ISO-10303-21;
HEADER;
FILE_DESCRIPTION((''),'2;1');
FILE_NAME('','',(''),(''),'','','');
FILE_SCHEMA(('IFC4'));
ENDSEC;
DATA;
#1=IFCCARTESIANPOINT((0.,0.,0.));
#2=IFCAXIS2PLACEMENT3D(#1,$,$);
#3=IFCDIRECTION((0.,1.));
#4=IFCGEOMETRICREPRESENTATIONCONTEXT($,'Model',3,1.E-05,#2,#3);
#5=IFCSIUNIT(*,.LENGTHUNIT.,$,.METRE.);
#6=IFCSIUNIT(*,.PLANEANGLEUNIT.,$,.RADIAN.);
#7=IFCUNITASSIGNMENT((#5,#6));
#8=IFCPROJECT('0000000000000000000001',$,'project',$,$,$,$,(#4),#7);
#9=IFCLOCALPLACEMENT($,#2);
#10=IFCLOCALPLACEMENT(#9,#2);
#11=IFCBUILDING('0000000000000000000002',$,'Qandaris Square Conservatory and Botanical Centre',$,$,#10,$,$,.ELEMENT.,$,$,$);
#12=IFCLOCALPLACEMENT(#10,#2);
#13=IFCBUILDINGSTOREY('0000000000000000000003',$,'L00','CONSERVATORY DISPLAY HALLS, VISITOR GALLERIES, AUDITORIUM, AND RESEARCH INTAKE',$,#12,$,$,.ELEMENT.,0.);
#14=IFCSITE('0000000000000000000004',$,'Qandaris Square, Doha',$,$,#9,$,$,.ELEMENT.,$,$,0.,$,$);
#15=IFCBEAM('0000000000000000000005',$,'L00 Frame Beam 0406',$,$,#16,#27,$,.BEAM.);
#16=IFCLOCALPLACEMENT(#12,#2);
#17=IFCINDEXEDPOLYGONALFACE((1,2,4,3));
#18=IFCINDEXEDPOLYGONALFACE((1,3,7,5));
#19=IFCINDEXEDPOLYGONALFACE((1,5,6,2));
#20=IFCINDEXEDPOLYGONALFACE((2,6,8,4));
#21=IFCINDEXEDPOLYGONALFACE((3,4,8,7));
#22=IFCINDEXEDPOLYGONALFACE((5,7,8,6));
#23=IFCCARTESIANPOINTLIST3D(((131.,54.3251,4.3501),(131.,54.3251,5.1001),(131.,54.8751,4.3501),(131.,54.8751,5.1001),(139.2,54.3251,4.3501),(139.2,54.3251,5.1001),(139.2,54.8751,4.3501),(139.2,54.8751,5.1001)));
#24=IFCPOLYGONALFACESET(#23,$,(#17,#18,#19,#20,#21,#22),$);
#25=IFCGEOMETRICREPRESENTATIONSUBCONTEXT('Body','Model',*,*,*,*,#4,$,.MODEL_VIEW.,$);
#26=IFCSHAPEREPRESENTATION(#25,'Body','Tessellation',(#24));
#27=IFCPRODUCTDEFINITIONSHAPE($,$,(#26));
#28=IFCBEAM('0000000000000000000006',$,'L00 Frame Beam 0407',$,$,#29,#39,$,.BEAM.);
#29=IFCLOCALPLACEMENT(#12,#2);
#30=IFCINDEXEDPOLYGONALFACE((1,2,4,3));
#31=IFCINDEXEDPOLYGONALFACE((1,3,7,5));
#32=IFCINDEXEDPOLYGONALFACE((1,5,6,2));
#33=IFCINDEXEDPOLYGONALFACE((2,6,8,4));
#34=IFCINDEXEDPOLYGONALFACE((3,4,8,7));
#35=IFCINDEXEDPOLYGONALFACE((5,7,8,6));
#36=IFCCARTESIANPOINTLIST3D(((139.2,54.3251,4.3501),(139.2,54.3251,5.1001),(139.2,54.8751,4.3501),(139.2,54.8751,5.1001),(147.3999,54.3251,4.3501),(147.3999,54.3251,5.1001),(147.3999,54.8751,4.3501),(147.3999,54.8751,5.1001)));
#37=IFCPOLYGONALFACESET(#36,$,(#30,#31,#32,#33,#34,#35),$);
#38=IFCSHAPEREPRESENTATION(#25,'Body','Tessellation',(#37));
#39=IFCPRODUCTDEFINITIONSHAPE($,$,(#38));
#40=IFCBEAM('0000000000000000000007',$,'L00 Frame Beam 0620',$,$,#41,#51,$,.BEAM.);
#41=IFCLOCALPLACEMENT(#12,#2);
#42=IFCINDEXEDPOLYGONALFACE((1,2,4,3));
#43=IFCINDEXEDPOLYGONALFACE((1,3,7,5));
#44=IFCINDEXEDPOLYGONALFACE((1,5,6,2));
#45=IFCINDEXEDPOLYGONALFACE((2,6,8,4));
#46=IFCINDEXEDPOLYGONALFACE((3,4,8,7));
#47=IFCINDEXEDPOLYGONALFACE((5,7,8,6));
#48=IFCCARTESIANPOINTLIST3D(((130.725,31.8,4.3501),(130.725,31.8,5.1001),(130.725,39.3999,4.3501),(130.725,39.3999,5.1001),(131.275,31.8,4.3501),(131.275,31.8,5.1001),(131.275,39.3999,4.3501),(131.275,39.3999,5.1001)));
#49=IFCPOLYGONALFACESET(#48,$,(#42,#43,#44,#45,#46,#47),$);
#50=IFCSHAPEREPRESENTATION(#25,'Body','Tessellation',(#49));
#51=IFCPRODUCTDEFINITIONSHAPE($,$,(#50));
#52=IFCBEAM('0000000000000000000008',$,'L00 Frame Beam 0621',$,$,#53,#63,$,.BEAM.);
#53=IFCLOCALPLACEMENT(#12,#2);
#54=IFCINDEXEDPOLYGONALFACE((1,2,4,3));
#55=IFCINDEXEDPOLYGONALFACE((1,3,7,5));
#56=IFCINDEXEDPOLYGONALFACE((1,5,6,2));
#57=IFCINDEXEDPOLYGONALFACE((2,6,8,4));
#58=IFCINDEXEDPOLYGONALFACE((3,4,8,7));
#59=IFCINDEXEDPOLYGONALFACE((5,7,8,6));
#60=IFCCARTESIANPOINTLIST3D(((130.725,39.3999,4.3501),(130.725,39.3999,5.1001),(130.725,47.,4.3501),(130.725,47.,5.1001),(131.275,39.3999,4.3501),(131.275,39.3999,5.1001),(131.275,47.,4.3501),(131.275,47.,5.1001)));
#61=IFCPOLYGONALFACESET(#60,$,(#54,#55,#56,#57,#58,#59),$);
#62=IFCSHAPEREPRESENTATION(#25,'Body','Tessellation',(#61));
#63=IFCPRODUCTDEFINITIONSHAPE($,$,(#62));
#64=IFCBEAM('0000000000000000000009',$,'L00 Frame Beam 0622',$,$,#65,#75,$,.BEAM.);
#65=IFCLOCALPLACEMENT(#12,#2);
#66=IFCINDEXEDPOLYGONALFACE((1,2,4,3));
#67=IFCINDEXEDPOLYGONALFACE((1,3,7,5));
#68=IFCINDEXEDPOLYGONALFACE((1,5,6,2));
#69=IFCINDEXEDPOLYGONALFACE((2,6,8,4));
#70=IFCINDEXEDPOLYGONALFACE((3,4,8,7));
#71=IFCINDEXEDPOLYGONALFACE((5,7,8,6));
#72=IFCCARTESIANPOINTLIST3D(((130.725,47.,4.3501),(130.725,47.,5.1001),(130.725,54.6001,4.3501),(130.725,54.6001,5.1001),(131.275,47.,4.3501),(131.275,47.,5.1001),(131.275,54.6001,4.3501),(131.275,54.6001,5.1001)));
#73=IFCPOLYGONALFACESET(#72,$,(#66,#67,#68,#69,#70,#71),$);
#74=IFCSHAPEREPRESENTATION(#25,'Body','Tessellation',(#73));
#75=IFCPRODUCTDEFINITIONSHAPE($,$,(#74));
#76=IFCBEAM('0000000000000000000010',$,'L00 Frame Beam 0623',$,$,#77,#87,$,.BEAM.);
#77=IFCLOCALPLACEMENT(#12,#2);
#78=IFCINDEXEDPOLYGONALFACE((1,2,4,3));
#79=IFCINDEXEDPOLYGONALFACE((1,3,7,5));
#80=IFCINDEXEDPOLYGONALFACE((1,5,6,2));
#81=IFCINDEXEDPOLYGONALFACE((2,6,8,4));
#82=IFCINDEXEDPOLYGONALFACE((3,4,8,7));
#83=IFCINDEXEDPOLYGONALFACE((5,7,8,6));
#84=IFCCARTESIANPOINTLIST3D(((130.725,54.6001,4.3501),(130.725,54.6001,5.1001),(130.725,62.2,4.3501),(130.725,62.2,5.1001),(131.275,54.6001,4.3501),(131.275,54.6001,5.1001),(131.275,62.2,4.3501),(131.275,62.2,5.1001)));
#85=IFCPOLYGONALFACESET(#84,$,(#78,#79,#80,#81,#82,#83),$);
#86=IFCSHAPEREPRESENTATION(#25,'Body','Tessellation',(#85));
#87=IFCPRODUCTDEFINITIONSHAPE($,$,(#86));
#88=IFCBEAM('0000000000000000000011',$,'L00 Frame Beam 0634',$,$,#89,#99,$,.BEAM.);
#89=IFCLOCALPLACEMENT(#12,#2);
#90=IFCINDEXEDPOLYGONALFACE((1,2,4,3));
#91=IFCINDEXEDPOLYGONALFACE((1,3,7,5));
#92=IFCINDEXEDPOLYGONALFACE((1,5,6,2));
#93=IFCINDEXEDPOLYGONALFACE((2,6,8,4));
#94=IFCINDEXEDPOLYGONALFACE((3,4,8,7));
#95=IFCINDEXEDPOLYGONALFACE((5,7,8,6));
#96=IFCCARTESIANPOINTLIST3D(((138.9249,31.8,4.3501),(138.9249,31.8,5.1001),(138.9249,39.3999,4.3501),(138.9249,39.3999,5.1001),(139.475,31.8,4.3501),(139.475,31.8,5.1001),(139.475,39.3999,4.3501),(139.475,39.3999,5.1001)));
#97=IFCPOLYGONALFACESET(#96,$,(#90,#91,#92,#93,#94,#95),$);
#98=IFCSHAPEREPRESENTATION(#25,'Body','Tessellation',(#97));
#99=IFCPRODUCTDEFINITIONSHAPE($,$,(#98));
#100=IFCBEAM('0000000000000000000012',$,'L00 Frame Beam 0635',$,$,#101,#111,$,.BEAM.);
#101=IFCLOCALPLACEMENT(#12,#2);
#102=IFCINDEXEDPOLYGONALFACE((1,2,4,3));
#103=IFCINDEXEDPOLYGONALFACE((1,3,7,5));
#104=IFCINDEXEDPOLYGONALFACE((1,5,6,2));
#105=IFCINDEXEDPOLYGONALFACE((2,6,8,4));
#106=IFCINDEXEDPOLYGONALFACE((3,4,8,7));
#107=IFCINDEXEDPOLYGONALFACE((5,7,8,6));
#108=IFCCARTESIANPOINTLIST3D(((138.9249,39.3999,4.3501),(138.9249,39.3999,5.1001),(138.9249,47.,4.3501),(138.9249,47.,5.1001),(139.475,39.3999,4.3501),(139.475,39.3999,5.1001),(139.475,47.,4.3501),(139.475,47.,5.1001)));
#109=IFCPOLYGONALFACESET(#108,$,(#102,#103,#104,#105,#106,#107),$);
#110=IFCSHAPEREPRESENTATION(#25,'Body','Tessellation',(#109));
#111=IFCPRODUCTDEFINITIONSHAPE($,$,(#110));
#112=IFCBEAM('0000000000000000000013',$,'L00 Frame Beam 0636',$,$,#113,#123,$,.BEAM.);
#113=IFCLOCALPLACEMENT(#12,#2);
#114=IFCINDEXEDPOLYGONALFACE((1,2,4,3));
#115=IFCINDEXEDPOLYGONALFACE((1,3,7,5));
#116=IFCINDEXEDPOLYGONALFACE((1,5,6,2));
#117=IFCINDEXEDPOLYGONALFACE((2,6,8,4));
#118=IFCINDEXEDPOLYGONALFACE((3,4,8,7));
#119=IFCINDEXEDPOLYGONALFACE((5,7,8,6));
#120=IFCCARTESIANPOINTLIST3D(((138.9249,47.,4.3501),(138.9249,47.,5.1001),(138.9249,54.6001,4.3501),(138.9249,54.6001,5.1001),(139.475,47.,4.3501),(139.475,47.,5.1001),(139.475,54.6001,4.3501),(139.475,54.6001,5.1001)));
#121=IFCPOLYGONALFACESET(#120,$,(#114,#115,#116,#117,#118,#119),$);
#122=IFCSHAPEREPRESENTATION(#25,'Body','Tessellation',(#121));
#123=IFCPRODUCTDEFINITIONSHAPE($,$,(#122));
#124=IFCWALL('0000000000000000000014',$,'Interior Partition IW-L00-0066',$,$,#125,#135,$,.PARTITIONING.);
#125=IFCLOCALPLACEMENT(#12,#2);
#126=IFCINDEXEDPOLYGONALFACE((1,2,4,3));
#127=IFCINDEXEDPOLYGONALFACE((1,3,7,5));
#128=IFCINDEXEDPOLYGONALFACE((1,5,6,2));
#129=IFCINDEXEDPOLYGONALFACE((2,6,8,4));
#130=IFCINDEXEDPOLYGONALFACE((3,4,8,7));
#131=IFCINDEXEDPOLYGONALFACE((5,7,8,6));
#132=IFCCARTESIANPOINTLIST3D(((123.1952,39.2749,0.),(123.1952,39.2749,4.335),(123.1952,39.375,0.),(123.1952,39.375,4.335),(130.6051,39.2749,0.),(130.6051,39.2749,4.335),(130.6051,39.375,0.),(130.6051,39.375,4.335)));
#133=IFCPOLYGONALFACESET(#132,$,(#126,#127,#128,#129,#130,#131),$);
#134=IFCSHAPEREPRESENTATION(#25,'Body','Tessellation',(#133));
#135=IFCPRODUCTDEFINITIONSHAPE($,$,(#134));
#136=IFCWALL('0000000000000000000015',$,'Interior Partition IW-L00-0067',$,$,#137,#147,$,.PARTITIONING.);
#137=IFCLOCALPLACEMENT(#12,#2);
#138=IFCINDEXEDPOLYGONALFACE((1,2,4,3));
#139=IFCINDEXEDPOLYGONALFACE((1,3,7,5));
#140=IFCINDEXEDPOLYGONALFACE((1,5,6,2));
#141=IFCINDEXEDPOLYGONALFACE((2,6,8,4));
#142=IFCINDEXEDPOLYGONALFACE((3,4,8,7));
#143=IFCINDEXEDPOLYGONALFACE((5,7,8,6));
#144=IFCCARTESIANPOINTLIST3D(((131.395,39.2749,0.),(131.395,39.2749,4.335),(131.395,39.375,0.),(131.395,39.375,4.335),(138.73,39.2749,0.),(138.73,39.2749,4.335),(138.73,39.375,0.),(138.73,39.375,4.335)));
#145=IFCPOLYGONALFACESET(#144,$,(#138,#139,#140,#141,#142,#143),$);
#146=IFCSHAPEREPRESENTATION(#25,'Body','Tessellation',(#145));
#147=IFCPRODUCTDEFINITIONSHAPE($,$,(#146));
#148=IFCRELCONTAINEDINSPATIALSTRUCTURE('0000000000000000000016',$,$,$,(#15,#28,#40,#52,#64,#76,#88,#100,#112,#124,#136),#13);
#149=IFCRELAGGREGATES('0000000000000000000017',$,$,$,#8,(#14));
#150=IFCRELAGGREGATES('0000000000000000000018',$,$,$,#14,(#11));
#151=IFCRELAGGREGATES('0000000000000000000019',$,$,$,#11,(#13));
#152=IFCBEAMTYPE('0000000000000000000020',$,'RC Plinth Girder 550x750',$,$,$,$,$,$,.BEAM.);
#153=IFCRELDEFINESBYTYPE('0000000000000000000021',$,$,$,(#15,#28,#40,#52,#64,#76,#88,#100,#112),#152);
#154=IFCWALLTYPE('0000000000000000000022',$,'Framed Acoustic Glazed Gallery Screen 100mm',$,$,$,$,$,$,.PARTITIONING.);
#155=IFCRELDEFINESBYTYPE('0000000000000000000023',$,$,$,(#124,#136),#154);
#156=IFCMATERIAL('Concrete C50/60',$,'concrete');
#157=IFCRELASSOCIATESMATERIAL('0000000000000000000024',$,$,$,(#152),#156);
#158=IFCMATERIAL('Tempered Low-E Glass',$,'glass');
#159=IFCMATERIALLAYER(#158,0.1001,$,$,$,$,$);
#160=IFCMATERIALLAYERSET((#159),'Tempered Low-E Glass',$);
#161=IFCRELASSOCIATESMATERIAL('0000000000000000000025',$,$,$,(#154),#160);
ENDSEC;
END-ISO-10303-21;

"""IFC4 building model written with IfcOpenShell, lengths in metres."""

from ifc_helpers import new_model, si_unit, direction, frame, frame_2d, origin, origin_2d, place, context, subcontext, project, spatial, rectangle, extrude, material, layer, layer_set, material_profile, profile_set, type_object, element, save


model = new_model("IFC4")

# Units and contexts
model_context = context("Model", 3, precision=1e-05, world=origin(), true_north=direction((0.0, 1.0)))
body_context = subcontext(model_context, "Body", "Model", "MODEL_VIEW")
ifc_project = project(units=[si_unit("LENGTHUNIT", "METRE"), si_unit("PLANEANGLEUNIT", "RADIAN")], contexts=[model_context])

# Site, building, storey
site_placement = place(None, origin())
site = spatial("IfcSite", under=ifc_project, at=site_placement, Name="Qandaris Square, Doha", CompositionType="ELEMENT", RefElevation=0.0)
building_placement = place(site_placement, origin())
building = spatial("IfcBuilding", under=site, at=building_placement, Name="Qandaris Square Conservatory and Botanical Centre", CompositionType="ELEMENT")
storey_placement = place(building_placement, origin())
storey = spatial("IfcBuildingStorey", under=building, at=storey_placement, Name="L00", Description="CONSERVATORY DISPLAY HALLS, VISITOR GALLERIES, AUDITORIUM, AND RESEARCH INTAKE", CompositionType="ELEMENT", Elevation=0.0)

# Shared definitions
ifc_material_1 = material(Name="Concrete C50/60", Category="concrete")

# Beams
ifc_material_profile_1 = material_profile(ifc_material_1, rectangle(XDim=0.55, YDim=0.75, at=origin_2d()), Name="RC-BM 550x750")
ifc_profile_set_1 = profile_set([ifc_material_profile_1], Name="Concrete C50/60")
beam_type_1 = type_object("IfcBeamType", Name="RC Plinth Girder 550x750", PredefinedType="BEAM", material=ifc_profile_set_1)
for number, where, z_axis, x_axis, name in (
    (1, (131.0, 54.6001, 4.7251), (1.0, 0.0, 0.0), (0.0, 1.0, 0.0), "L00 Frame Beam 0406"),
    (2, (139.2, 54.6001, 4.7251), (1.0, 0.0, 0.0), (0.0, 1.0, 0.0), "L00 Frame Beam 0407"),
):
    element("IfcBeam", number, at=place(storey_placement, frame(where, z_axis=z_axis, x_axis=x_axis)), inside=storey, type_object=beam_type_1, Name=name, PredefinedType="BEAM", context=body_context, shape_type="SweptSolid", body=[
        extrude(rectangle(XDim=0.55, YDim=0.75, at=origin_2d()), origin(), (0.0, 0.0, 1.0), 8.2),
    ])
beam_1_placement = place(storey_placement, frame((131.0, 31.8, 4.7251), z_axis=(0.0, 1.0, 0.0), x_axis=(-1.0, 0.0, 0.0)))
element("IfcBeam", 3, at=beam_1_placement, inside=storey, type_object=beam_type_1, Name="L00 Frame Beam 0620", PredefinedType="BEAM", context=body_context, shape_type="SweptSolid", body=[
    extrude(rectangle(XDim=0.55, YDim=0.75, at=origin_2d()), origin(), (0.0, 0.0, 1.0), 7.5999),
])
for number, where, z_axis, x_axis, name in (
    (4, (131.0, 39.3999, 4.7251), (0.0, 1.0, 0.0), (-1.0, 0.0, 0.0), "L00 Frame Beam 0621"),
    (5, (131.0, 47.0, 4.7251), (0.0, 1.0, 0.0), (-1.0, 0.0, 0.0), "L00 Frame Beam 0622"),
):
    element("IfcBeam", number, at=place(storey_placement, frame(where, z_axis=z_axis, x_axis=x_axis)), inside=storey, type_object=beam_type_1, Name=name, PredefinedType="BEAM", context=body_context, shape_type="SweptSolid", body=[
        extrude(rectangle(XDim=0.55, YDim=0.75, at=origin_2d()), origin(), (0.0, 0.0, 1.0), 7.6001),
    ])
for number, where, z_axis, x_axis, name in (
    (6, (131.0, 54.6001, 4.7251), (0.0, 1.0, 0.0), (-1.0, 0.0, 0.0), "L00 Frame Beam 0623"),
    (7, (139.2, 31.8, 4.7251), (0.0, 1.0, 0.0), (-1.0, 0.0, 0.0), "L00 Frame Beam 0634"),
):
    element("IfcBeam", number, at=place(storey_placement, frame(where, z_axis=z_axis, x_axis=x_axis)), inside=storey, type_object=beam_type_1, Name=name, PredefinedType="BEAM", context=body_context, shape_type="SweptSolid", body=[
        extrude(rectangle(XDim=0.55, YDim=0.75, at=origin_2d()), origin(), (0.0, 0.0, 1.0), 7.5999),
    ])
for number, where, z_axis, x_axis, name in (
    (8, (139.2, 39.3999, 4.7251), (0.0, 1.0, 0.0), (-1.0, 0.0, 0.0), "L00 Frame Beam 0635"),
    (9, (139.2, 47.0, 4.7251), (0.0, 1.0, 0.0), (-1.0, 0.0, 0.0), "L00 Frame Beam 0636"),
):
    element("IfcBeam", number, at=place(storey_placement, frame(where, z_axis=z_axis, x_axis=x_axis)), inside=storey, type_object=beam_type_1, Name=name, PredefinedType="BEAM", context=body_context, shape_type="SweptSolid", body=[
        extrude(rectangle(XDim=0.55, YDim=0.75, at=origin_2d()), origin(), (0.0, 0.0, 1.0), 7.6001),
    ])

# Walls
ifc_material_2 = material(Name="Tempered Low-E Glass", Category="glass")
ifc_layer = layer(ifc_material_2, 0.1001)
ifc_layer_set = layer_set([ifc_layer], Name="Tempered Low-E Glass")
wall_type = type_object("IfcWallType", Name="Framed Acoustic Glazed Gallery Screen 100mm", PredefinedType="PARTITIONING", material=ifc_layer_set)
wall_1_placement = place(storey_placement, frame((123.1951, 39.325, 0.0), z_axis=(0.0, 0.0, 1.0), x_axis=(1.0, 0.0, 0.0)))
element("IfcWall", 10, at=wall_1_placement, inside=storey, type_object=wall_type, Name="Interior Partition IW-L00-0066", PredefinedType="PARTITIONING", context=body_context, shape_type="SweptSolid", body=[
    extrude(rectangle(XDim=7.4099, YDim=0.1001, at=frame_2d((3.7051, 0.0))), origin(), (0.0, 0.0, 1.0), 4.335),
])
wall_2_placement = place(storey_placement, frame((131.395, 39.325, 0.0), z_axis=(0.0, 0.0, 1.0), x_axis=(1.0, 0.0, 0.0)))
element("IfcWall", 11, at=wall_2_placement, inside=storey, type_object=wall_type, Name="Interior Partition IW-L00-0067", PredefinedType="PARTITIONING", context=body_context, shape_type="SweptSolid", body=[
    extrude(rectangle(XDim=7.335, YDim=0.1001, at=frame_2d((3.6675, 0.0))), origin(), (0.0, 0.0, 1.0), 4.335),
])

save(model, "model.ifc")
